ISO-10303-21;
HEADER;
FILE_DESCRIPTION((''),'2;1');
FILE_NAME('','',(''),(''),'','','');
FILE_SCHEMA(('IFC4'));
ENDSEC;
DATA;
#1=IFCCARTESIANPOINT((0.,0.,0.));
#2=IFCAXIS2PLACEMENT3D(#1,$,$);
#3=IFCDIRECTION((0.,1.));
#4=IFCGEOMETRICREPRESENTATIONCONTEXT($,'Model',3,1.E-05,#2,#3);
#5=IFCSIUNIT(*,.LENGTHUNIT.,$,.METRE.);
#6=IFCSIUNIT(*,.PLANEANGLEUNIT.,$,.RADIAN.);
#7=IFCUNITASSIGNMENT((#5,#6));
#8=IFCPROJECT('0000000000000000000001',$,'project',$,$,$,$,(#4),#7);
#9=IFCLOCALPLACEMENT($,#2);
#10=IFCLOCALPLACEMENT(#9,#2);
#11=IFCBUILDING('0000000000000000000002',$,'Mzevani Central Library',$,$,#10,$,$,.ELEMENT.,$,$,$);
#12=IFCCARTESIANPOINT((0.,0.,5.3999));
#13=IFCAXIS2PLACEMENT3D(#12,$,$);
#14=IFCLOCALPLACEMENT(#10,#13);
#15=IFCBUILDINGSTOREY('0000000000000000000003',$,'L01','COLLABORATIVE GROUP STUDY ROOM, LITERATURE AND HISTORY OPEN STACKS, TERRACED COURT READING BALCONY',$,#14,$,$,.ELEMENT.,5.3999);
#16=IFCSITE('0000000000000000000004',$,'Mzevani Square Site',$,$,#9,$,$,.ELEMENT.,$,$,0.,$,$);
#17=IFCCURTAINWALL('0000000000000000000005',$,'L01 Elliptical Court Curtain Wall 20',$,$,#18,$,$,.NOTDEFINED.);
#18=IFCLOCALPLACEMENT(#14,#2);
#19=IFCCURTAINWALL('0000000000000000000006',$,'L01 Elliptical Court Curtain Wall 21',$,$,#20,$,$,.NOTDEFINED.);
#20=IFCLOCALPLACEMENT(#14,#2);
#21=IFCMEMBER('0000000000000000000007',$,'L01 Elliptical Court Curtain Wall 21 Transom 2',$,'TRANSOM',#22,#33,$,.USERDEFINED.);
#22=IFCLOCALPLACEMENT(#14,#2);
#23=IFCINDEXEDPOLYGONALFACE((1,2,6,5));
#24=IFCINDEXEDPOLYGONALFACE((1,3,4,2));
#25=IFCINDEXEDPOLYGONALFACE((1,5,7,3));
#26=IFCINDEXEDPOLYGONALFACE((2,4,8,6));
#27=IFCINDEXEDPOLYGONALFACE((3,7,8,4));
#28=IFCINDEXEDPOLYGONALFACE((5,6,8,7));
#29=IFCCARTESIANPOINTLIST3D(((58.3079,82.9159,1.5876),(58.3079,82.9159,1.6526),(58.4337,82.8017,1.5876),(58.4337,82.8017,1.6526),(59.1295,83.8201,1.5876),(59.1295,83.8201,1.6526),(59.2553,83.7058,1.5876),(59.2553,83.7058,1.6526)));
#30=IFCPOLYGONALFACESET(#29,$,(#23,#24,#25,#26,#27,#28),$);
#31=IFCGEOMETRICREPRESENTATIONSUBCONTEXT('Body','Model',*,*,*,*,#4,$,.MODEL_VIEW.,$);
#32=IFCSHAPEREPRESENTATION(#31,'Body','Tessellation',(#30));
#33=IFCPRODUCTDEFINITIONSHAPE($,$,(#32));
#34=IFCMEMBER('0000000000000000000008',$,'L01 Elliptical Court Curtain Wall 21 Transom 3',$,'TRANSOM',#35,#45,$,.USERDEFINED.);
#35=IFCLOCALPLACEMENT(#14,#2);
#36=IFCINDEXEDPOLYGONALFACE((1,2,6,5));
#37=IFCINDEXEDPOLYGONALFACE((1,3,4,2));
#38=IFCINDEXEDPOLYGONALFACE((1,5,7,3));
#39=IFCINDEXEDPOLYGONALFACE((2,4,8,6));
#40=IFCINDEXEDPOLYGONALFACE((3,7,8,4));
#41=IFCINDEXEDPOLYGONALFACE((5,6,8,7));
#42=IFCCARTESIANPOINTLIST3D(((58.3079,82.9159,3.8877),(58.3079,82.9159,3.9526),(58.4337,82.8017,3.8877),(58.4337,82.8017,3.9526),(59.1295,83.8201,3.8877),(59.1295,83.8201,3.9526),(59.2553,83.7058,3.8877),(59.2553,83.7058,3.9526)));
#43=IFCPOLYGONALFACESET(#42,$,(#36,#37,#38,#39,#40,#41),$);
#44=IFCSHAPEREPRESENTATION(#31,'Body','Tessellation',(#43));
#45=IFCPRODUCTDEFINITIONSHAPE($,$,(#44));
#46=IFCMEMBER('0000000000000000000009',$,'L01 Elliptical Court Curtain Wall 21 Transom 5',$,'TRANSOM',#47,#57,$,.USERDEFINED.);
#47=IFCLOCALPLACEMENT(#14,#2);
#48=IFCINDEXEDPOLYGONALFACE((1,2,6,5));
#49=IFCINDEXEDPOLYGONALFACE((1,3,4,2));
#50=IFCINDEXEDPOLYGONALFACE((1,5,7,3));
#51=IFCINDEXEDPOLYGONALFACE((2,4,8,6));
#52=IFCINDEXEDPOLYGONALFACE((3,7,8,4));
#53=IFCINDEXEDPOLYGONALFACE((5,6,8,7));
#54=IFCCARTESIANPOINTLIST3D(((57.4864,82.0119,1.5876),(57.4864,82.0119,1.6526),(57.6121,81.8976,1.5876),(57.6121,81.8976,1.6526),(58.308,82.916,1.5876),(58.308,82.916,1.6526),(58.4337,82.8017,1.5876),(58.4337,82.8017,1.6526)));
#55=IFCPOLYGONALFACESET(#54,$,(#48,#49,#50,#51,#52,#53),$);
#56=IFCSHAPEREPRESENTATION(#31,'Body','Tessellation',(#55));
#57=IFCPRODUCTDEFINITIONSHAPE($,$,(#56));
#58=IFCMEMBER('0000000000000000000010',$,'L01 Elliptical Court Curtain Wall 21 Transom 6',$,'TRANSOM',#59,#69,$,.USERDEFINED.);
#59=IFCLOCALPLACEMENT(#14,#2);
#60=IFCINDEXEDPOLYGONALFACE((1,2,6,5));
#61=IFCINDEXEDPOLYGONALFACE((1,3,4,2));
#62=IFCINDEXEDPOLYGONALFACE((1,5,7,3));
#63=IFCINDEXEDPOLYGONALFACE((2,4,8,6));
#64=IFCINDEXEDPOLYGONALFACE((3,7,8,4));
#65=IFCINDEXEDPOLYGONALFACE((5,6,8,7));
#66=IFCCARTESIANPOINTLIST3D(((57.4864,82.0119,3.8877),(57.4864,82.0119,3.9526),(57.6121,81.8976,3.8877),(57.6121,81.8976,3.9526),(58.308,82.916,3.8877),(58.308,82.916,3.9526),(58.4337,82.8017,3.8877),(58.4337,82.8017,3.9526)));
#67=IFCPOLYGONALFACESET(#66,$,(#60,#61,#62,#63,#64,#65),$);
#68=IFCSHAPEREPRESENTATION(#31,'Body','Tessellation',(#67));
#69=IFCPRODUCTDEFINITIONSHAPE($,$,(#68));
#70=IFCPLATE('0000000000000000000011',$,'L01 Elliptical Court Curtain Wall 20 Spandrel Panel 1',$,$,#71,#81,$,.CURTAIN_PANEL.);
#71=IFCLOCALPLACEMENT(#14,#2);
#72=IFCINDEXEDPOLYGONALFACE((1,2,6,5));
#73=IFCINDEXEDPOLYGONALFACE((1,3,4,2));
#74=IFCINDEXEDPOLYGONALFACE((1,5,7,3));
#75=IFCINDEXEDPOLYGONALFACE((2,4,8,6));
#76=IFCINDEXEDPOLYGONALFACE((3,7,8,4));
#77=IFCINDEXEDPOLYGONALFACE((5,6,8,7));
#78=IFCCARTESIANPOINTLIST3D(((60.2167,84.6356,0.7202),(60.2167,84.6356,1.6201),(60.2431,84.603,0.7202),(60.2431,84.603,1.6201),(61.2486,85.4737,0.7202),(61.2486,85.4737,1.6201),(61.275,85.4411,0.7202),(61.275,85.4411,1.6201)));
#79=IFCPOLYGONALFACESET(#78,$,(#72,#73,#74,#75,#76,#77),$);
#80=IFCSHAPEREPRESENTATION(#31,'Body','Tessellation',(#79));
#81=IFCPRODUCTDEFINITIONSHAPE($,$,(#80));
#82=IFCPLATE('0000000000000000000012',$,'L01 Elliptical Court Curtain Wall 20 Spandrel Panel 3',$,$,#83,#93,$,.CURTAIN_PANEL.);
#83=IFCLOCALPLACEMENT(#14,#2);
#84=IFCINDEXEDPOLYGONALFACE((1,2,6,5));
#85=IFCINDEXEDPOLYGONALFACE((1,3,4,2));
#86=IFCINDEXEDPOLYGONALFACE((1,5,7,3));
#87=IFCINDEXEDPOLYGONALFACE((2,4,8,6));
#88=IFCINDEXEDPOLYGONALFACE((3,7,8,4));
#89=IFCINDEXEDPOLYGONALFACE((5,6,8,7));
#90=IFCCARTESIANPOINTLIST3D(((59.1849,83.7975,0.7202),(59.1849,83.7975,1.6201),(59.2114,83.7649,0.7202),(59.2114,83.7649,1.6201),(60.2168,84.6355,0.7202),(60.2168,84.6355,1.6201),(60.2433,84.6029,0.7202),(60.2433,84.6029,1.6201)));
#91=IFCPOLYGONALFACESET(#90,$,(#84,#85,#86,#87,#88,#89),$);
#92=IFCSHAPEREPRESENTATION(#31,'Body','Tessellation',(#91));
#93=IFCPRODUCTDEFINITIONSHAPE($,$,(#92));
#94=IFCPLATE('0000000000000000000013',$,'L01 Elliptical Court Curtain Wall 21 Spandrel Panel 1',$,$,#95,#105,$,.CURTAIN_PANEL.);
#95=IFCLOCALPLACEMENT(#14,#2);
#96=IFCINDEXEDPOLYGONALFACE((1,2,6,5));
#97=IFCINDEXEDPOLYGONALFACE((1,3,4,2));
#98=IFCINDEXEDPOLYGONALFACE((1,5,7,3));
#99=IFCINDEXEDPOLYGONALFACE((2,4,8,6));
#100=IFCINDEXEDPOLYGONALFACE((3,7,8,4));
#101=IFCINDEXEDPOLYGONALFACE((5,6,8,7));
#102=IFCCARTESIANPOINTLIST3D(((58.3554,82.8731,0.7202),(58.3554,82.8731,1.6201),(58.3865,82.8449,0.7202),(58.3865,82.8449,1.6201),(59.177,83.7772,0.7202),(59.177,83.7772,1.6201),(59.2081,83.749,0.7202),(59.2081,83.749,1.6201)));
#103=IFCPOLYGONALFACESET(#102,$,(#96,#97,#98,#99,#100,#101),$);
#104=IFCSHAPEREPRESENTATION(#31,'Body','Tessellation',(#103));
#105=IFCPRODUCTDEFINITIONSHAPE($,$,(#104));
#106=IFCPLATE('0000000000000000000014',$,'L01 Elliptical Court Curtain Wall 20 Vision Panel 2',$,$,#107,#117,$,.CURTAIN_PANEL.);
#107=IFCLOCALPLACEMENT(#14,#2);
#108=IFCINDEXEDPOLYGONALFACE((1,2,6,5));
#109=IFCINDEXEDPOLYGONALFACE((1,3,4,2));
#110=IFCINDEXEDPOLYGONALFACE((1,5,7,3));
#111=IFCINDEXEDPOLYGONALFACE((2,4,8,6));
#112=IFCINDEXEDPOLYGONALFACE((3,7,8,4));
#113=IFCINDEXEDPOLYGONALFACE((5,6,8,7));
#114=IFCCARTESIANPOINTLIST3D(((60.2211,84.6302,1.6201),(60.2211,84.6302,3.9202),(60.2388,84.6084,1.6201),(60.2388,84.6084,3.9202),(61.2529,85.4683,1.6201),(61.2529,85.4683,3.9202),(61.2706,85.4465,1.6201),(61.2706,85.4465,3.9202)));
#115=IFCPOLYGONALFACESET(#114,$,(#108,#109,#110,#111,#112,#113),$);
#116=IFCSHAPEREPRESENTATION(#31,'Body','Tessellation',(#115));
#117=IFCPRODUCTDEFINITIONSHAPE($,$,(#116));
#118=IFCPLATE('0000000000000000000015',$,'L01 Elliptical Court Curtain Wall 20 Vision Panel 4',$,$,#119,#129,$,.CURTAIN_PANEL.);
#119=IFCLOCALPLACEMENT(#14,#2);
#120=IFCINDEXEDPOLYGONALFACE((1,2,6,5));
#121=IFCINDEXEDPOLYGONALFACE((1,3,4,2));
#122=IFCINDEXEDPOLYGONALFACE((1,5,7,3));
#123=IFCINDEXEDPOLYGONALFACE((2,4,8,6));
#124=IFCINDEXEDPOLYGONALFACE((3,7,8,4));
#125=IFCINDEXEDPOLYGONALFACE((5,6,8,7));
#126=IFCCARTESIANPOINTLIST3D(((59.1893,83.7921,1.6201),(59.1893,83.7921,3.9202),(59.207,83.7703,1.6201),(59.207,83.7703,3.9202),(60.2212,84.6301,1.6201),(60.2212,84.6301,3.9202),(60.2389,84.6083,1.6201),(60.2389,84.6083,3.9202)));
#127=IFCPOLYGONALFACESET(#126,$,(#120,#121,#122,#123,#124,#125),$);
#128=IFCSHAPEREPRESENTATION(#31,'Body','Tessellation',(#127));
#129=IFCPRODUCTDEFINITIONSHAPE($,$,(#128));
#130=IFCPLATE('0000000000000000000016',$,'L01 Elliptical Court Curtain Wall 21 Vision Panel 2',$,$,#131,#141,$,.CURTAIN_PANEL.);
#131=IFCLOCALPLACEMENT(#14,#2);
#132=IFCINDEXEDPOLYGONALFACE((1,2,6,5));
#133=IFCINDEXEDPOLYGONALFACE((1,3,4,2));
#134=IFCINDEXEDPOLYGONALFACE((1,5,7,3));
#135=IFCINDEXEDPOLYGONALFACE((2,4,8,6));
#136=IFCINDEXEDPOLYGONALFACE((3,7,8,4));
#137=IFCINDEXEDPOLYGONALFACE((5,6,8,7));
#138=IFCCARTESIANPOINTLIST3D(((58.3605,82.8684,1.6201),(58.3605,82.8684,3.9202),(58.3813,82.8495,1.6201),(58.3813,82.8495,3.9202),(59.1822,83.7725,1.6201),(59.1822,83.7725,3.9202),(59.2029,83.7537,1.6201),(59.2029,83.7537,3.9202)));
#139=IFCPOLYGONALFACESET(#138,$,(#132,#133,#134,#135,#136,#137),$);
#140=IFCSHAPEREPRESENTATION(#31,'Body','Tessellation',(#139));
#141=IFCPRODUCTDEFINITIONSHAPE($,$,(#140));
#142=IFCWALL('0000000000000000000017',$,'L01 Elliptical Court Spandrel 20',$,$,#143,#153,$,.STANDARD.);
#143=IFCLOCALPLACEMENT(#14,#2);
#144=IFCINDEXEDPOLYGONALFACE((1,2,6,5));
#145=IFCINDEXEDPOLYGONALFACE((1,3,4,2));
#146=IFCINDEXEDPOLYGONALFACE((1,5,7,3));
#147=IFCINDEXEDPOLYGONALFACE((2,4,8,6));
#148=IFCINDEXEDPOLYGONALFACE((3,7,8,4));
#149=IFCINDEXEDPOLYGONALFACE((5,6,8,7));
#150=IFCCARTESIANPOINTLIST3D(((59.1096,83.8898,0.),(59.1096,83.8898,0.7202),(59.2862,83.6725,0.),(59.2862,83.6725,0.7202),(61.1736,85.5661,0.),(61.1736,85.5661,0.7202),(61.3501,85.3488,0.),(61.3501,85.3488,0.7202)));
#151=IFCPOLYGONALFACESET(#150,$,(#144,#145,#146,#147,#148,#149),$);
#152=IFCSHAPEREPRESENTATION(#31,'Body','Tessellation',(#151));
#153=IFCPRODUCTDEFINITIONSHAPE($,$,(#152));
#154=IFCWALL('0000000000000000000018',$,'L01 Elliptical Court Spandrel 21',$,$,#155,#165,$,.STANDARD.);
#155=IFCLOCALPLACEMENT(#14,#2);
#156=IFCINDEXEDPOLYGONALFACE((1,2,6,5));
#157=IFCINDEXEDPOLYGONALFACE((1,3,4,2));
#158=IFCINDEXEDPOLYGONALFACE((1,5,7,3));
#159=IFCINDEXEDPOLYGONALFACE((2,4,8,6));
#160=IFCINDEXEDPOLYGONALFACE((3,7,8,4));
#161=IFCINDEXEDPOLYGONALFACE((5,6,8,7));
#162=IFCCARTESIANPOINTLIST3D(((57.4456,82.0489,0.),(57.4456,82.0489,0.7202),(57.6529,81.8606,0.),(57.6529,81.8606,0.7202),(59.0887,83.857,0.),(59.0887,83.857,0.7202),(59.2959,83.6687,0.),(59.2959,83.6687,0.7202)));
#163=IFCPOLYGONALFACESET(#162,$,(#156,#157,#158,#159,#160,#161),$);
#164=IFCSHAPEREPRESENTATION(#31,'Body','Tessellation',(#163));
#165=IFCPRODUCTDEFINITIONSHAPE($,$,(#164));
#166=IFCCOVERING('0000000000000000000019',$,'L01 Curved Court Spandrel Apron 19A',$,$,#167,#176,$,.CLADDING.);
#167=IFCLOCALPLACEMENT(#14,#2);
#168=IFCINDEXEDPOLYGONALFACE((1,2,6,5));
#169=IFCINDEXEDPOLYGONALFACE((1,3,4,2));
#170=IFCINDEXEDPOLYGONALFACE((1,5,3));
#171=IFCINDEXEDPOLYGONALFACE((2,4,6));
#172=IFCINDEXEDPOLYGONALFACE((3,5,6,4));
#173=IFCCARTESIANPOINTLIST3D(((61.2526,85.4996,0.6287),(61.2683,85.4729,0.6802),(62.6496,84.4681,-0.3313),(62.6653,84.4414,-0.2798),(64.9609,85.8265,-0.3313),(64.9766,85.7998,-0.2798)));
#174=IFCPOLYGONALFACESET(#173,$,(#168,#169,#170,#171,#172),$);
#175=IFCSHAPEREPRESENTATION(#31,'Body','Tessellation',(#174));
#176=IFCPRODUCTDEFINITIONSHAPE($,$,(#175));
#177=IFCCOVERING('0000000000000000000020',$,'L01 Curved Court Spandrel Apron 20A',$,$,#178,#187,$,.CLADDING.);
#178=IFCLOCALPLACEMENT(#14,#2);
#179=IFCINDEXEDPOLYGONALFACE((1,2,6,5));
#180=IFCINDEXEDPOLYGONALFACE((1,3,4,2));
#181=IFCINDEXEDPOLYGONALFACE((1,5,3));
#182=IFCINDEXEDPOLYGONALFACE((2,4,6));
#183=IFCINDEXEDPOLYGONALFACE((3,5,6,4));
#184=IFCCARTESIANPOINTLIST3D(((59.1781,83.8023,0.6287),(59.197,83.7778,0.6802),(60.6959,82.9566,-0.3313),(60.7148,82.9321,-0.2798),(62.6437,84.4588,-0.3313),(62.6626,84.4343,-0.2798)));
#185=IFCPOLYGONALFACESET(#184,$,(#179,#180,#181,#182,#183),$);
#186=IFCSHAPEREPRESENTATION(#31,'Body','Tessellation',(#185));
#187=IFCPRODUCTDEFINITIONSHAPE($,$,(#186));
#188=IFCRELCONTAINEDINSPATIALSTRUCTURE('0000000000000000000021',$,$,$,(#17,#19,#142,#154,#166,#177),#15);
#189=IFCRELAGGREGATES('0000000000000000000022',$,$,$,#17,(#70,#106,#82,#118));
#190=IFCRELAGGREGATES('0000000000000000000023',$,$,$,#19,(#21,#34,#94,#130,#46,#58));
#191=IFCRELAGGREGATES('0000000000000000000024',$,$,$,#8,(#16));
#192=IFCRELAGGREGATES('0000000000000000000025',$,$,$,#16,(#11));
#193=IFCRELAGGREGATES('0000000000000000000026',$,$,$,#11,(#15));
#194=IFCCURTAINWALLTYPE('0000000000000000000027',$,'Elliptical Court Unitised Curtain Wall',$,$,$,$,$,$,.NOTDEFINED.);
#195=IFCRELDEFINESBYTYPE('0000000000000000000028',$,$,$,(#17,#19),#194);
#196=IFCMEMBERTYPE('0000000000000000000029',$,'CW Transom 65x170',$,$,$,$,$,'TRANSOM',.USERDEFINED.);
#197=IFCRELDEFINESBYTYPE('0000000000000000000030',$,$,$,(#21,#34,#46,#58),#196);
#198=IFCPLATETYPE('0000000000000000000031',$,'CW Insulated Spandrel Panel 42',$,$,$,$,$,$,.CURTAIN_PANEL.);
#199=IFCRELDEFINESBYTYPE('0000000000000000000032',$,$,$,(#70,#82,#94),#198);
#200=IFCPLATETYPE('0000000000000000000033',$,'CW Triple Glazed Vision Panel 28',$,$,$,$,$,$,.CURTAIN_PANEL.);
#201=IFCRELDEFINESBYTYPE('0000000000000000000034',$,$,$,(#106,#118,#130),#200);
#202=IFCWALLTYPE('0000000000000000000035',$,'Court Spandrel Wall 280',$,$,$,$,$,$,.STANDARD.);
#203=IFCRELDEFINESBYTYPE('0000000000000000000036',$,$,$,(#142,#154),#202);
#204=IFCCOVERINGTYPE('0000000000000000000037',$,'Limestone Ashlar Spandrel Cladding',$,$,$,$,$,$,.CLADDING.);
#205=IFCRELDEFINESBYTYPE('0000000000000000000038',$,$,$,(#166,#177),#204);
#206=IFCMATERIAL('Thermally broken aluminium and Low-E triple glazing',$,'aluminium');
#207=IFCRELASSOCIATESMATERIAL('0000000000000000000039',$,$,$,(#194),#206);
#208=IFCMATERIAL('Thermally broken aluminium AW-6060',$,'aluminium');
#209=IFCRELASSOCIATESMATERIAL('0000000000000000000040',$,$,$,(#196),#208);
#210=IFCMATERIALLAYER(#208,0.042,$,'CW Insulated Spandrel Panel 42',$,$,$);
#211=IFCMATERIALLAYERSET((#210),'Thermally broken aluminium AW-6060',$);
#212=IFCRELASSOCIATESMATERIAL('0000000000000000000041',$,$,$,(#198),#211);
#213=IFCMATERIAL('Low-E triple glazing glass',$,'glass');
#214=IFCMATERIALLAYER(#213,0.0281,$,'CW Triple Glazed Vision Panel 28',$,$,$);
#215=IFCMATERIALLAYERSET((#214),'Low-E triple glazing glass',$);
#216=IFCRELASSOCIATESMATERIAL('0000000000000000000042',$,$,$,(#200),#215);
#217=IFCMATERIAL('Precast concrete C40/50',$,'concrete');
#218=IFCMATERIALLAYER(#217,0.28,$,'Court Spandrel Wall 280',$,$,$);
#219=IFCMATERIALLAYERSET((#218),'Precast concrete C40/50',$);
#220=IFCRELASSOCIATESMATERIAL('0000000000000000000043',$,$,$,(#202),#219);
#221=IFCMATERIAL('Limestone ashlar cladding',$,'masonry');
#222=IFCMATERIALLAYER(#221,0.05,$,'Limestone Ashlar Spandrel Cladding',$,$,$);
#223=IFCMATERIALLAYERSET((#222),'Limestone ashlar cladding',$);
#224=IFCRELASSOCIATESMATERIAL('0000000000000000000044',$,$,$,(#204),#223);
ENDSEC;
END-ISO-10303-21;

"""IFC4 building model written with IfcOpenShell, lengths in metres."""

from ifc_helpers import new_model, si_unit, direction, frame, frame_2d, origin, origin_2d, place, context, subcontext, project, spatial, polyline, rectangle, outline, extrude, material, layer, layer_set, material_profile, profile_set, type_object, element, aggregate, save


model = new_model("IFC4")

# Units and contexts
model_context = context("Model", 3, precision=1e-05, world=origin(), true_north=direction((0.0, 1.0)))
body_context = subcontext(model_context, "Body", "Model", "MODEL_VIEW")
ifc_project = project(units=[si_unit("LENGTHUNIT", "METRE"), si_unit("PLANEANGLEUNIT", "RADIAN")], contexts=[model_context])

# Site, building, storey
site_placement = place(None, origin())
site = spatial("IfcSite", under=ifc_project, at=site_placement, Name="Mzevani Square Site", CompositionType="ELEMENT", RefElevation=0.0)
building_placement = place(site_placement, origin())
building = spatial("IfcBuilding", under=site, at=building_placement, Name="Mzevani Central Library", CompositionType="ELEMENT")
storey_placement = place(building_placement, frame((0.0, 0.0, 5.3999)))
storey = spatial("IfcBuildingStorey", under=building, at=storey_placement, Name="L01", Description="COLLABORATIVE GROUP STUDY ROOM, LITERATURE AND HISTORY OPEN STACKS, TERRACED COURT READING BALCONY", CompositionType="ELEMENT", Elevation=5.3999)

# Shared definitions
ifc_material_1 = material(Name="Thermally broken aluminium and Low-E triple glazing", Category="aluminium")
ifc_material_2 = material(Name="Thermally broken aluminium AW-6060", Category="aluminium")

# Curtain wall
curtain_wall_type_1 = type_object("IfcCurtainWallType", Name="Elliptical Court Unitised Curtain Wall", PredefinedType="NOTDEFINED", material=ifc_material_1)
curtain_wall_1_placement = place(storey_placement, origin())
curtain_wall_1 = element("IfcCurtainWall", 1, at=curtain_wall_1_placement, inside=storey, type_object=curtain_wall_type_1, Name="L01 Elliptical Court Curtain Wall 20", PredefinedType="NOTDEFINED")

# Curtain wall
curtain_wall_2_placement = place(storey_placement, origin())
curtain_wall_2 = element("IfcCurtainWall", 2, at=curtain_wall_2_placement, inside=storey, type_object=curtain_wall_type_1, Name="L01 Elliptical Court Curtain Wall 21", PredefinedType="NOTDEFINED")

# Members
ifc_material_profile_1 = material_profile(ifc_material_2, rectangle(XDim=0.1699, YDim=0.0649, at=origin_2d()), Name="ALU T65x170")
ifc_profile_set_1 = profile_set([ifc_material_profile_1], Name="Thermally broken aluminium AW-6060")
member_type_1 = type_object("IfcMemberType", Name="CW Transom 65x170", ElementType="TRANSOM", PredefinedType="USERDEFINED", material=ifc_profile_set_1)
member_1_placement = place(storey_placement, frame((59.1924, 83.7629, 1.6201), z_axis=(-0.672524, -0.740076, 0.0), x_axis=(0.740076, -0.672524, 0.0)))
member_1 = element("IfcMember", 3, at=member_1_placement, type_object=member_type_1, Name="L01 Elliptical Court Curtain Wall 21 Transom 2", ObjectType="TRANSOM", PredefinedType="USERDEFINED", context=body_context, shape_type="SweptSolid", body=[
    extrude(rectangle(XDim=0.1699, YDim=0.0649, at=origin_2d()), origin(), (0.0, 0.0, 1.0), 1.2217),
])
member_2_placement = place(storey_placement, frame((59.1924, 83.7629, 3.9202), z_axis=(-0.672524, -0.740076, 0.0), x_axis=(0.740076, -0.672524, 0.0)))
member_2 = element("IfcMember", 4, at=member_2_placement, type_object=member_type_1, Name="L01 Elliptical Court Curtain Wall 21 Transom 3", ObjectType="TRANSOM", PredefinedType="USERDEFINED", context=body_context, shape_type="SweptSolid", body=[
    extrude(rectangle(XDim=0.1699, YDim=0.0649, at=origin_2d()), origin(), (0.0, 0.0, 1.0), 1.2217),
])
member_3_placement = place(storey_placement, frame((58.3708, 82.8589, 1.6201), z_axis=(-0.672524, -0.740076, 0.0), x_axis=(0.740076, -0.672524, 0.0)))
member_3 = element("IfcMember", 5, at=member_3_placement, type_object=member_type_1, Name="L01 Elliptical Court Curtain Wall 21 Transom 5", ObjectType="TRANSOM", PredefinedType="USERDEFINED", context=body_context, shape_type="SweptSolid", body=[
    extrude(rectangle(XDim=0.1699, YDim=0.0649, at=origin_2d()), origin(), (0.0, 0.0, 1.0), 1.2217),
])
member_4_placement = place(storey_placement, frame((58.3708, 82.8589, 3.9202), z_axis=(-0.672524, -0.740076, 0.0), x_axis=(0.740076, -0.672524, 0.0)))
member_4 = element("IfcMember", 6, at=member_4_placement, type_object=member_type_1, Name="L01 Elliptical Court Curtain Wall 21 Transom 6", ObjectType="TRANSOM", PredefinedType="USERDEFINED", context=body_context, shape_type="SweptSolid", body=[
    extrude(rectangle(XDim=0.1699, YDim=0.0649, at=origin_2d()), origin(), (0.0, 0.0, 1.0), 1.2217),
])

# Plates
ifc_layer_1 = layer(ifc_material_2, 0.042, Name="CW Insulated Spandrel Panel 42")
ifc_layer_set_1 = layer_set([ifc_layer_1], Name="Thermally broken aluminium AW-6060")
plate_type_1 = type_object("IfcPlateType", Name="CW Insulated Spandrel Panel 42", PredefinedType="CURTAIN_PANEL", material=ifc_layer_set_1)
plate_1_placement = place(storey_placement, frame((60.7458, 85.0383, 0.7202), z_axis=(0.0, 0.0, 1.0), x_axis=(-0.776231, -0.630448, 0.0)))
plate_1 = element("IfcPlate", 7, at=plate_1_placement, type_object=plate_type_1, Name="L01 Elliptical Court Curtain Wall 20 Spandrel Panel 1", PredefinedType="CURTAIN_PANEL", context=body_context, shape_type="SweptSolid", body=[
    extrude(rectangle(XDim=1.3293, YDim=0.042, at=origin_2d()), origin(), (0.0, 0.0, 1.0), 0.8999),
])
plate_2_placement = place(storey_placement, frame((59.7141, 84.2002, 0.7202), z_axis=(0.0, 0.0, 1.0), x_axis=(-0.776231, -0.630448, 0.0)))
plate_2 = element("IfcPlate", 8, at=plate_2_placement, type_object=plate_type_1, Name="L01 Elliptical Court Curtain Wall 20 Spandrel Panel 3", PredefinedType="CURTAIN_PANEL", context=body_context, shape_type="SweptSolid", body=[
    extrude(rectangle(XDim=1.3293, YDim=0.042, at=origin_2d()), origin(), (0.0, 0.0, 1.0), 0.8999),
])
plate_3_placement = place(storey_placement, frame((58.7817, 83.311, 0.7202), z_axis=(0.0, 0.0, 1.0), x_axis=(-0.672532, -0.740068, 0.0)))
plate_3 = element("IfcPlate", 9, at=plate_3_placement, type_object=plate_type_1, Name="L01 Elliptical Court Curtain Wall 21 Spandrel Panel 1", PredefinedType="CURTAIN_PANEL", context=body_context, shape_type="SweptSolid", body=[
    extrude(rectangle(XDim=1.2217, YDim=0.042, at=origin_2d()), origin(), (0.0, 0.0, 1.0), 0.8999),
])
ifc_material_3 = material(Name="Low-E triple glazing glass", Category="glass")
ifc_layer_2 = layer(ifc_material_3, 0.0281, Name="CW Triple Glazed Vision Panel 28")
ifc_layer_set_2 = layer_set([ifc_layer_2], Name="Low-E triple glazing glass")
plate_type_2 = type_object("IfcPlateType", Name="CW Triple Glazed Vision Panel 28", PredefinedType="CURTAIN_PANEL", material=ifc_layer_set_2)
plate_4_placement = place(storey_placement, frame((60.7458, 85.0383, 1.6201), z_axis=(0.0, 0.0, 1.0), x_axis=(-0.776231, -0.630448, 0.0)))
plate_4 = element("IfcPlate", 10, at=plate_4_placement, type_object=plate_type_2, Name="L01 Elliptical Court Curtain Wall 20 Vision Panel 2", PredefinedType="CURTAIN_PANEL", context=body_context, shape_type="SweptSolid", body=[
    extrude(rectangle(XDim=1.3293, YDim=0.0281, at=origin_2d()), origin(), (0.0, 0.0, 1.0), 2.3),
])
plate_5_placement = place(storey_placement, frame((59.7141, 84.2002, 1.6201), z_axis=(0.0, 0.0, 1.0), x_axis=(-0.776231, -0.630448, 0.0)))
plate_5 = element("IfcPlate", 11, at=plate_5_placement, type_object=plate_type_2, Name="L01 Elliptical Court Curtain Wall 20 Vision Panel 4", PredefinedType="CURTAIN_PANEL", context=body_context, shape_type="SweptSolid", body=[
    extrude(rectangle(XDim=1.3293, YDim=0.0281, at=origin_2d()), origin(), (0.0, 0.0, 1.0), 2.3),
])
aggregate(curtain_wall_1, [plate_1, plate_4, plate_2, plate_5])
plate_6_placement = place(storey_placement, frame((58.7817, 83.311, 1.6201), z_axis=(0.0, 0.0, 1.0), x_axis=(-0.672532, -0.740068, 0.0)))
plate_6 = element("IfcPlate", 12, at=plate_6_placement, type_object=plate_type_2, Name="L01 Elliptical Court Curtain Wall 21 Vision Panel 2", PredefinedType="CURTAIN_PANEL", context=body_context, shape_type="SweptSolid", body=[
    extrude(rectangle(XDim=1.2217, YDim=0.0281, at=origin_2d()), origin(), (0.0, 0.0, 1.0), 2.3),
])
aggregate(curtain_wall_2, [member_1, member_2, plate_3, plate_6, member_3, member_4])

# Walls
ifc_material_4 = material(Name="Precast concrete C40/50", Category="concrete")
ifc_layer_3 = layer(ifc_material_4, 0.28, Name="Court Spandrel Wall 280")
ifc_layer_set_3 = layer_set([ifc_layer_3], Name="Precast concrete C40/50")
wall_type = type_object("IfcWallType", Name="Court Spandrel Wall 280", PredefinedType="STANDARD", material=ifc_layer_set_3)
wall_1_placement = place(storey_placement, frame((61.262, 85.4575, 0.0), z_axis=(0.0, 0.0, 1.0), x_axis=(-0.776243, -0.630434, 0.0)))
element("IfcWall", 13, at=wall_1_placement, inside=storey, type_object=wall_type, Name="L01 Elliptical Court Spandrel 20", PredefinedType="STANDARD", context=body_context, shape_type="SweptSolid", body=[
    extrude(rectangle(XDim=2.6589, YDim=0.28, at=frame_2d((1.3296, 0.0))), origin(), (0.0, 0.0, 1.0), 0.7202),
])
wall_2_placement = place(storey_placement, frame((59.1924, 83.7629, 0.0), z_axis=(0.0, 0.0, 1.0), x_axis=(-0.672524, -0.740076, 0.0)))
element("IfcWall", 14, at=wall_2_placement, inside=storey, type_object=wall_type, Name="L01 Elliptical Court Spandrel 21", PredefinedType="STANDARD", context=body_context, shape_type="SweptSolid", body=[
    extrude(rectangle(XDim=2.4431, YDim=0.28, at=frame_2d((1.2217, 0.0))), origin(), (0.0, 0.0, 1.0), 0.7202),
])

# Coverings
ifc_material_5 = material(Name="Limestone ashlar cladding", Category="masonry")
ifc_layer_4 = layer(ifc_material_5, 0.05, Name="Limestone Ashlar Spandrel Cladding")
ifc_layer_set_4 = layer_set([ifc_layer_4], Name="Limestone ashlar cladding")
covering_type = type_object("IfcCoveringType", Name="Limestone Ashlar Spandrel Cladding", PredefinedType="CLADDING", material=ifc_layer_set_4)
covering_1_placement = place(storey_placement, frame((64.9766, 85.7998, -0.2798), z_axis=(0.26103, -0.444136, 0.857092), x_axis=(-0.862126, -0.506694, 0.0)))
element("IfcCovering", 15, at=covering_1_placement, inside=storey, type_object=covering_type, Name="L01 Curved Court Spandrel Apron 19A", PredefinedType="CLADDING", context=body_context, shape_type="SweptSolid", body=[
    extrude(outline(polyline([(0.0, 0.0), (2.6809, 0.0), (3.3626, -1.8634), (0.0, 0.0)])), origin(), (0.0, 0.0, -1.0), 0.0601),
])
covering_2_placement = place(storey_placement, frame((62.6626, 84.4343, -0.2798), z_axis=(0.314688, -0.408025, 0.857022), x_axis=(-0.791852, -0.610713, 0.0)))
element("IfcCovering", 16, at=covering_2_placement, inside=storey, type_object=covering_type, Name="L01 Curved Court Spandrel Apron 20A", PredefinedType="CLADDING", context=body_context, shape_type="SweptSolid", body=[
    extrude(outline(polyline([(0.0, 0.0), (2.4597, 0.0), (3.1452, -1.863), (0.0, 0.0)])), origin(), (0.0, 0.0, -1.0), 0.0601),
])

save(model, "model.ifc")
